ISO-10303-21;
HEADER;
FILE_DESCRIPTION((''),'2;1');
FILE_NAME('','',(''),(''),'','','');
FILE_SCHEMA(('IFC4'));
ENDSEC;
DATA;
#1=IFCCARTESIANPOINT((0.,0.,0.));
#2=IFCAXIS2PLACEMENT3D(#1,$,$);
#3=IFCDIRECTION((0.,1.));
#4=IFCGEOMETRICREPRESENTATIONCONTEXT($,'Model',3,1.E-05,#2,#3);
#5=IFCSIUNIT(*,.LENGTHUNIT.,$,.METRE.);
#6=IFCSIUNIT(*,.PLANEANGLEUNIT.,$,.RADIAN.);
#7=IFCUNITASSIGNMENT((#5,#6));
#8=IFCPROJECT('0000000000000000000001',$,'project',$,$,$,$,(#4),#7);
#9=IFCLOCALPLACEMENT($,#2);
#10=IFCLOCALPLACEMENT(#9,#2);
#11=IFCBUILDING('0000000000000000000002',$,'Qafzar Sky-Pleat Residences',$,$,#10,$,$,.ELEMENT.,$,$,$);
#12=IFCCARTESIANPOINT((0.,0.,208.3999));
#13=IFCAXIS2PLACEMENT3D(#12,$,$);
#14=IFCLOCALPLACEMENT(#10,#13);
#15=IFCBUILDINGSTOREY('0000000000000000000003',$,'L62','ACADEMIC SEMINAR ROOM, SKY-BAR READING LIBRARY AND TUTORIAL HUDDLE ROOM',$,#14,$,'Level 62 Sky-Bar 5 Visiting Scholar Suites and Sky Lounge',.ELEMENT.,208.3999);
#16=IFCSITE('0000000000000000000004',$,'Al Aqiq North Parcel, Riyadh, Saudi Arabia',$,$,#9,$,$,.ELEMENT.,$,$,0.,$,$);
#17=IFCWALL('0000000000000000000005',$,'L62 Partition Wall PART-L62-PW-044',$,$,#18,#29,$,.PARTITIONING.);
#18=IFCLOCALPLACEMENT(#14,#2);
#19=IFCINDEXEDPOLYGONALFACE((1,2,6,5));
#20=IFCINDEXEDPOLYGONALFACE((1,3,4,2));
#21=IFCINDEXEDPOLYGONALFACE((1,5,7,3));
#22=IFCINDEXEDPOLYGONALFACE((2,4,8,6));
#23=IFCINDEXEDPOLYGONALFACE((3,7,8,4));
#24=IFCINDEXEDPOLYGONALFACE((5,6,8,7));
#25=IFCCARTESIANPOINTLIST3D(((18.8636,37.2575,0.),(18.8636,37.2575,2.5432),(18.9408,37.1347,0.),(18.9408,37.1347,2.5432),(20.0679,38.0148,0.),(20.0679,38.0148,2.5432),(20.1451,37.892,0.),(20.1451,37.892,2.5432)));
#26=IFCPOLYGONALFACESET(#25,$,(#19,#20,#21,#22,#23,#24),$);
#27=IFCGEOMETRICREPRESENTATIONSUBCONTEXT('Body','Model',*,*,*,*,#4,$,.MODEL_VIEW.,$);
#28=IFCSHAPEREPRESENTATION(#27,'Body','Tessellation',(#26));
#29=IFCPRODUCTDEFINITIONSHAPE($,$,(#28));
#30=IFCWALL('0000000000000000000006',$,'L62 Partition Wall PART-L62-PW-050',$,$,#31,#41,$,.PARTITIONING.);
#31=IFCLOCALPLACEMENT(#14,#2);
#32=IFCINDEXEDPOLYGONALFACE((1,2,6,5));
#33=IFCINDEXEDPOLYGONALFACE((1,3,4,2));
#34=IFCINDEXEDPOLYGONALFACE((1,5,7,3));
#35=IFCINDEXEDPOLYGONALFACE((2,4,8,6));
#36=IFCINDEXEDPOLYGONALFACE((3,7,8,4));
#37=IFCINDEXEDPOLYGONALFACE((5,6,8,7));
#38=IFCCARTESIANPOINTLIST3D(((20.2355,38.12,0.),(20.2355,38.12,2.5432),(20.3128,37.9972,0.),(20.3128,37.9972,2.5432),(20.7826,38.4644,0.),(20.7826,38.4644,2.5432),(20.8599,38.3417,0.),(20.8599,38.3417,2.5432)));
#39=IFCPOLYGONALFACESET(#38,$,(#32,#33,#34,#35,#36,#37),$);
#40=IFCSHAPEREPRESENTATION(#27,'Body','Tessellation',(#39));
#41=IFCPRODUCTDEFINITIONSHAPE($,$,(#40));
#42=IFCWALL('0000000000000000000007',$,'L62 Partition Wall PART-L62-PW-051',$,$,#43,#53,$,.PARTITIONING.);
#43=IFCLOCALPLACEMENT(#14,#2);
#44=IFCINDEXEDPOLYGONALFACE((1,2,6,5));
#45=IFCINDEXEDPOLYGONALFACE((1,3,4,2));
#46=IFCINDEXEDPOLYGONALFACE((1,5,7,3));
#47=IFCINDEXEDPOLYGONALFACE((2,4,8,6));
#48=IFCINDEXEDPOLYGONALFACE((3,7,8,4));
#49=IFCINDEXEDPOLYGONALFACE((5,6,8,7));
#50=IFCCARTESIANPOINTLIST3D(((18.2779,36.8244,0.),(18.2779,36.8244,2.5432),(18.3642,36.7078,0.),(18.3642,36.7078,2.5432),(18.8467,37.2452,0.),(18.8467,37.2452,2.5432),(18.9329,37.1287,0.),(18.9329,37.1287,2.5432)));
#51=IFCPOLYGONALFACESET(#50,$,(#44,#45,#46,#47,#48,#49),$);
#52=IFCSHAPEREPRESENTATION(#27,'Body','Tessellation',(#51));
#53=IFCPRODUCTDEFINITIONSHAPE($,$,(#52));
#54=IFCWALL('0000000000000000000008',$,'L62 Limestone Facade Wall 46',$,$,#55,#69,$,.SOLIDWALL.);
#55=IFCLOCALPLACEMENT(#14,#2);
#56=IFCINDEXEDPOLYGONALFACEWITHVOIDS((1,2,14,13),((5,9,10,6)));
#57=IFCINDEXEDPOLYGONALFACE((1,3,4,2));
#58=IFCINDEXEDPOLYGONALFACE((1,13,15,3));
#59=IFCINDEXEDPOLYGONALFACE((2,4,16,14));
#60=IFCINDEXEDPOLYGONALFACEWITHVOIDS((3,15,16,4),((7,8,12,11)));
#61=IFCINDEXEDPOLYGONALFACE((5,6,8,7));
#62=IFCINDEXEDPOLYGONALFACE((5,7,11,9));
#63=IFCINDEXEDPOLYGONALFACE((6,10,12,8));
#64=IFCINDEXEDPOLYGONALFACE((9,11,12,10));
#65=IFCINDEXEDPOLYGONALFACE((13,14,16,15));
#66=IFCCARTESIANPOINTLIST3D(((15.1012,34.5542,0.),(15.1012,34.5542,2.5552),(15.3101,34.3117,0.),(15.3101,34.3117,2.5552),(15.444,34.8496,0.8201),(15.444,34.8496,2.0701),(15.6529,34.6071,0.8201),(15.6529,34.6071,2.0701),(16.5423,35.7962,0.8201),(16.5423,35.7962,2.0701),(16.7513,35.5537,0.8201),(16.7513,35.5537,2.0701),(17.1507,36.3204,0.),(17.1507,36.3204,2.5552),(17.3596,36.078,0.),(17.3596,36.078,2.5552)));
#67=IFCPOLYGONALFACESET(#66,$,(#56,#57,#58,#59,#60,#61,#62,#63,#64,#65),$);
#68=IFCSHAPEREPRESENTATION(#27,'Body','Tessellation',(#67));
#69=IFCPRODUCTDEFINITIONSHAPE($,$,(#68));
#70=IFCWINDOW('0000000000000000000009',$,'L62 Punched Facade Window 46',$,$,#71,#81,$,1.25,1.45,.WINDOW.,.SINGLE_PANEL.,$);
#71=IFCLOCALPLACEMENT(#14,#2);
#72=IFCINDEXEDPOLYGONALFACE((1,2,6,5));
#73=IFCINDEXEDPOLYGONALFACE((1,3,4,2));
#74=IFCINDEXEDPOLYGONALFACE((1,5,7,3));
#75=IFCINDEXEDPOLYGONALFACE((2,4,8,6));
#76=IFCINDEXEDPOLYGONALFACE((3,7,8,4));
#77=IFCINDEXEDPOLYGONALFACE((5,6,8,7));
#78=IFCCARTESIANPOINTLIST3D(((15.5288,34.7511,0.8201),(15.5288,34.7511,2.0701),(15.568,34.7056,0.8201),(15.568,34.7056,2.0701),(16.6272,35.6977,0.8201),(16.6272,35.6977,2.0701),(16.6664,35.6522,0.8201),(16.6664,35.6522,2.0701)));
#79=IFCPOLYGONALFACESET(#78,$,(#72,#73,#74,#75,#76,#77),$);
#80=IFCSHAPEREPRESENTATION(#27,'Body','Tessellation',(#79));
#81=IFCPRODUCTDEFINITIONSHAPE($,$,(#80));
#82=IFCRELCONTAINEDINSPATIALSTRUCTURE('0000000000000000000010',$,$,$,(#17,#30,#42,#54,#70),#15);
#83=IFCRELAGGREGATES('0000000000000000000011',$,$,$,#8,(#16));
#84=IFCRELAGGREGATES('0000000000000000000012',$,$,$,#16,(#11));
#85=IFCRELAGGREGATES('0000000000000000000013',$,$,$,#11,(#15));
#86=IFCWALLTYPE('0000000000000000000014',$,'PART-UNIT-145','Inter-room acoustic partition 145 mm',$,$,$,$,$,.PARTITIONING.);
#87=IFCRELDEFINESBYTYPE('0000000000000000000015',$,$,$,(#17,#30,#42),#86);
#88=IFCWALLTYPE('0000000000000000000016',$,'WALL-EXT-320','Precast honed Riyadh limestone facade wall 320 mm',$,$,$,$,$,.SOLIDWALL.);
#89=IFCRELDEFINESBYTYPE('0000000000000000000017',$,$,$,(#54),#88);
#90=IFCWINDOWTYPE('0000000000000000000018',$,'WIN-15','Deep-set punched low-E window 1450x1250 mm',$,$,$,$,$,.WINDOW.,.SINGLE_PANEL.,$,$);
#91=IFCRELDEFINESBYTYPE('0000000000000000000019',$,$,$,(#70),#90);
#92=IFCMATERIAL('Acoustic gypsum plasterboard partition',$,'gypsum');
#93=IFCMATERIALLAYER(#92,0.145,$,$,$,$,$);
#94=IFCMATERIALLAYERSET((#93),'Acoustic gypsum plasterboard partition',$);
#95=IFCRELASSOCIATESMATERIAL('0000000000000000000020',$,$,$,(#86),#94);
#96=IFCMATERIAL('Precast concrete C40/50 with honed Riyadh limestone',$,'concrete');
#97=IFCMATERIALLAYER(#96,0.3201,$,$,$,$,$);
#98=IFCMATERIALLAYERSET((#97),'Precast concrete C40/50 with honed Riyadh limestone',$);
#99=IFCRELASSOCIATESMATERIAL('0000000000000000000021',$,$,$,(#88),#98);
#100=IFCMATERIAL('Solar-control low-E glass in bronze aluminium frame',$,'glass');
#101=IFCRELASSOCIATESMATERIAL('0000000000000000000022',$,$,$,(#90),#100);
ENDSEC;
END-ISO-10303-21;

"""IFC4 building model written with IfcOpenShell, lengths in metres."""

from ifc_helpers import new_model, si_unit, direction, frame, frame_2d, origin, place, context, subcontext, project, spatial, rectangle, extrude, source, transform, mapped, material, layer, layer_set, type_object, element, fill, save


model = new_model("IFC4")

# Units and contexts
model_context = context("Model", 3, precision=1e-05, world=origin(), true_north=direction((0.0, 1.0)))
body_context = subcontext(model_context, "Body", "Model", "MODEL_VIEW")
ifc_project = project(units=[si_unit("LENGTHUNIT", "METRE"), si_unit("PLANEANGLEUNIT", "RADIAN")], contexts=[model_context])

# Site, building, storey
site_placement = place(None, origin())
site = spatial("IfcSite", under=ifc_project, at=site_placement, Name="Al Aqiq North Parcel, Riyadh, Saudi Arabia", CompositionType="ELEMENT", RefElevation=0.0)
building_placement = place(site_placement, origin())
building = spatial("IfcBuilding", under=site, at=building_placement, Name="Qafzar Sky-Pleat Residences", CompositionType="ELEMENT")
storey_placement = place(building_placement, frame((0.0, 0.0, 208.3999)))
storey = spatial("IfcBuildingStorey", under=building, at=storey_placement, Name="L62", Description="ACADEMIC SEMINAR ROOM, SKY-BAR READING LIBRARY AND TUTORIAL HUDDLE ROOM", LongName="Level 62 Sky-Bar 5 Visiting Scholar Suites and Sky Lounge", CompositionType="ELEMENT", Elevation=208.3999)

# Walls
ifc_material_1 = material(Name="Acoustic gypsum plasterboard partition", Category="gypsum")
ifc_layer_1 = layer(ifc_material_1, 0.145)
ifc_layer_set_1 = layer_set([ifc_layer_1], Name="Acoustic gypsum plasterboard partition")
wall_type_1 = type_object("IfcWallType", Name="PART-UNIT-145", Description="Inter-room acoustic partition 145 mm", PredefinedType="PARTITIONING", material=ifc_layer_set_1)
wall_1_placement = place(storey_placement, frame((18.9021, 37.196, 0.0), z_axis=(0.0, 0.0, 1.0), x_axis=(0.846539, 0.532326, 0.0)))
element("IfcWall", 1, at=wall_1_placement, inside=storey, type_object=wall_type_1, Name="L62 Partition Wall PART-L62-PW-044", PredefinedType="PARTITIONING", context=body_context, shape_type="SweptSolid", body=[
    extrude(rectangle(XDim=1.4226, YDim=0.145, at=frame_2d((0.7114, 0.0))), origin(), (0.0, 0.0, 1.0), 2.5432),
])
wall_2_placement = place(storey_placement, frame((20.2742, 38.0586, 0.0), z_axis=(0.0, 0.0, 1.0), x_axis=(0.846233, 0.532813, 0.0)))
element("IfcWall", 2, at=wall_2_placement, inside=storey, type_object=wall_type_1, Name="L62 Partition Wall PART-L62-PW-050", PredefinedType="PARTITIONING", context=body_context, shape_type="SweptSolid", body=[
    extrude(rectangle(XDim=0.6465, YDim=0.145, at=frame_2d((0.3232, 0.0))), origin(), (0.0, 0.0, 1.0), 2.5432),
])
wall_3_placement = place(storey_placement, frame((18.321, 36.7661, 0.0), z_axis=(0.0, 0.0, 1.0), x_axis=(0.803875, 0.594798, 0.0)))
element("IfcWall", 3, at=wall_3_placement, inside=storey, type_object=wall_type_1, Name="L62 Partition Wall PART-L62-PW-051", PredefinedType="PARTITIONING", context=body_context, shape_type="SweptSolid", body=[
    extrude(rectangle(XDim=0.7075, YDim=0.145, at=frame_2d((0.3538, 0.0))), origin(), (0.0, 0.0, 1.0), 2.5432),
])

# Wall, opening, window
ifc_material_2 = material(Name="Precast concrete C40/50 with honed Riyadh limestone", Category="concrete")
ifc_layer_2 = layer(ifc_material_2, 0.3201)
ifc_layer_set_2 = layer_set([ifc_layer_2], Name="Precast concrete C40/50 with honed Riyadh limestone")
wall_type_2 = type_object("IfcWallType", Name="WALL-EXT-320", Description="Precast honed Riyadh limestone facade wall 320 mm", PredefinedType="SOLIDWALL", material=ifc_layer_set_2)
wall_4_placement = place(storey_placement, frame((17.2551, 36.1992, 0.0), z_axis=(0.0, 0.0, 1.0), x_axis=(-0.757502, -0.652833, 0.0)))
wall_4 = element("IfcWall", 4, at=wall_4_placement, inside=storey, type_object=wall_type_2, Name="L62 Limestone Facade Wall 46", PredefinedType="SOLIDWALL", context=body_context, shape_type="SweptSolid", body=[
    extrude(rectangle(XDim=2.7056, YDim=0.3201, at=frame_2d((1.3528, 0.0))), origin(), (0.0, 0.0, 1.0), 2.5552),
])
opening_placement = place(wall_4_placement, frame((0.803, 0.0, 0.8201)))
opening = element("IfcOpeningElement", 5, at=opening_placement, cuts=wall_4, PredefinedType="OPENING", context=body_context, shape_type="SweptSolid", body=[
    extrude(rectangle(XDim=1.45, YDim=1.25, at=frame_2d((0.7251, 0.625))), frame((0.0, 0.1699, 0.0), z_axis=(0.0, -1.0, 0.0), x_axis=(1.0, 0.0, 0.0)), (0.0, 0.0, 1.0), 0.3401),
])
ifc_material_3 = material(Name="Solar-control low-E glass in bronze aluminium frame", Category="glass")
window_type = type_object("IfcWindowType", Name="WIN-15", Description="Deep-set punched low-E window 1450x1250 mm", PartitioningType="SINGLE_PANEL", PredefinedType="WINDOW", material=ifc_material_3)
shared_shape_1 = source(origin(), body_context, "Body", "SweptSolid", [
    extrude(rectangle(XDim=1.45, YDim=1.25, at=frame_2d((0.7251, 0.625))), frame((0.0, 0.03, 0.0), z_axis=(0.0, -1.0, 0.0), x_axis=(1.0, 0.0, 0.0)), (0.0, 0.0, 1.0), 0.0601),
])
window_placement = place(opening_placement, origin())
window = element("IfcWindow", 6, at=window_placement, inside=storey, type_object=window_type, Name="L62 Punched Facade Window 46", OverallHeight=1.25, OverallWidth=1.45, PartitioningType="SINGLE_PANEL", PredefinedType="WINDOW", context=body_context, shape_type="MappedRepresentation", body=[
    mapped(shared_shape_1, transform((0.0, 0.0, 0.0), x_axis=(1.0, 0.0, 0.0), y_axis=(0.0, 1.0, 0.0), z_axis=(0.0, 0.0, 1.0), scale=1.0)),
])
fill(opening, window)

save(model, "model.ifc")
